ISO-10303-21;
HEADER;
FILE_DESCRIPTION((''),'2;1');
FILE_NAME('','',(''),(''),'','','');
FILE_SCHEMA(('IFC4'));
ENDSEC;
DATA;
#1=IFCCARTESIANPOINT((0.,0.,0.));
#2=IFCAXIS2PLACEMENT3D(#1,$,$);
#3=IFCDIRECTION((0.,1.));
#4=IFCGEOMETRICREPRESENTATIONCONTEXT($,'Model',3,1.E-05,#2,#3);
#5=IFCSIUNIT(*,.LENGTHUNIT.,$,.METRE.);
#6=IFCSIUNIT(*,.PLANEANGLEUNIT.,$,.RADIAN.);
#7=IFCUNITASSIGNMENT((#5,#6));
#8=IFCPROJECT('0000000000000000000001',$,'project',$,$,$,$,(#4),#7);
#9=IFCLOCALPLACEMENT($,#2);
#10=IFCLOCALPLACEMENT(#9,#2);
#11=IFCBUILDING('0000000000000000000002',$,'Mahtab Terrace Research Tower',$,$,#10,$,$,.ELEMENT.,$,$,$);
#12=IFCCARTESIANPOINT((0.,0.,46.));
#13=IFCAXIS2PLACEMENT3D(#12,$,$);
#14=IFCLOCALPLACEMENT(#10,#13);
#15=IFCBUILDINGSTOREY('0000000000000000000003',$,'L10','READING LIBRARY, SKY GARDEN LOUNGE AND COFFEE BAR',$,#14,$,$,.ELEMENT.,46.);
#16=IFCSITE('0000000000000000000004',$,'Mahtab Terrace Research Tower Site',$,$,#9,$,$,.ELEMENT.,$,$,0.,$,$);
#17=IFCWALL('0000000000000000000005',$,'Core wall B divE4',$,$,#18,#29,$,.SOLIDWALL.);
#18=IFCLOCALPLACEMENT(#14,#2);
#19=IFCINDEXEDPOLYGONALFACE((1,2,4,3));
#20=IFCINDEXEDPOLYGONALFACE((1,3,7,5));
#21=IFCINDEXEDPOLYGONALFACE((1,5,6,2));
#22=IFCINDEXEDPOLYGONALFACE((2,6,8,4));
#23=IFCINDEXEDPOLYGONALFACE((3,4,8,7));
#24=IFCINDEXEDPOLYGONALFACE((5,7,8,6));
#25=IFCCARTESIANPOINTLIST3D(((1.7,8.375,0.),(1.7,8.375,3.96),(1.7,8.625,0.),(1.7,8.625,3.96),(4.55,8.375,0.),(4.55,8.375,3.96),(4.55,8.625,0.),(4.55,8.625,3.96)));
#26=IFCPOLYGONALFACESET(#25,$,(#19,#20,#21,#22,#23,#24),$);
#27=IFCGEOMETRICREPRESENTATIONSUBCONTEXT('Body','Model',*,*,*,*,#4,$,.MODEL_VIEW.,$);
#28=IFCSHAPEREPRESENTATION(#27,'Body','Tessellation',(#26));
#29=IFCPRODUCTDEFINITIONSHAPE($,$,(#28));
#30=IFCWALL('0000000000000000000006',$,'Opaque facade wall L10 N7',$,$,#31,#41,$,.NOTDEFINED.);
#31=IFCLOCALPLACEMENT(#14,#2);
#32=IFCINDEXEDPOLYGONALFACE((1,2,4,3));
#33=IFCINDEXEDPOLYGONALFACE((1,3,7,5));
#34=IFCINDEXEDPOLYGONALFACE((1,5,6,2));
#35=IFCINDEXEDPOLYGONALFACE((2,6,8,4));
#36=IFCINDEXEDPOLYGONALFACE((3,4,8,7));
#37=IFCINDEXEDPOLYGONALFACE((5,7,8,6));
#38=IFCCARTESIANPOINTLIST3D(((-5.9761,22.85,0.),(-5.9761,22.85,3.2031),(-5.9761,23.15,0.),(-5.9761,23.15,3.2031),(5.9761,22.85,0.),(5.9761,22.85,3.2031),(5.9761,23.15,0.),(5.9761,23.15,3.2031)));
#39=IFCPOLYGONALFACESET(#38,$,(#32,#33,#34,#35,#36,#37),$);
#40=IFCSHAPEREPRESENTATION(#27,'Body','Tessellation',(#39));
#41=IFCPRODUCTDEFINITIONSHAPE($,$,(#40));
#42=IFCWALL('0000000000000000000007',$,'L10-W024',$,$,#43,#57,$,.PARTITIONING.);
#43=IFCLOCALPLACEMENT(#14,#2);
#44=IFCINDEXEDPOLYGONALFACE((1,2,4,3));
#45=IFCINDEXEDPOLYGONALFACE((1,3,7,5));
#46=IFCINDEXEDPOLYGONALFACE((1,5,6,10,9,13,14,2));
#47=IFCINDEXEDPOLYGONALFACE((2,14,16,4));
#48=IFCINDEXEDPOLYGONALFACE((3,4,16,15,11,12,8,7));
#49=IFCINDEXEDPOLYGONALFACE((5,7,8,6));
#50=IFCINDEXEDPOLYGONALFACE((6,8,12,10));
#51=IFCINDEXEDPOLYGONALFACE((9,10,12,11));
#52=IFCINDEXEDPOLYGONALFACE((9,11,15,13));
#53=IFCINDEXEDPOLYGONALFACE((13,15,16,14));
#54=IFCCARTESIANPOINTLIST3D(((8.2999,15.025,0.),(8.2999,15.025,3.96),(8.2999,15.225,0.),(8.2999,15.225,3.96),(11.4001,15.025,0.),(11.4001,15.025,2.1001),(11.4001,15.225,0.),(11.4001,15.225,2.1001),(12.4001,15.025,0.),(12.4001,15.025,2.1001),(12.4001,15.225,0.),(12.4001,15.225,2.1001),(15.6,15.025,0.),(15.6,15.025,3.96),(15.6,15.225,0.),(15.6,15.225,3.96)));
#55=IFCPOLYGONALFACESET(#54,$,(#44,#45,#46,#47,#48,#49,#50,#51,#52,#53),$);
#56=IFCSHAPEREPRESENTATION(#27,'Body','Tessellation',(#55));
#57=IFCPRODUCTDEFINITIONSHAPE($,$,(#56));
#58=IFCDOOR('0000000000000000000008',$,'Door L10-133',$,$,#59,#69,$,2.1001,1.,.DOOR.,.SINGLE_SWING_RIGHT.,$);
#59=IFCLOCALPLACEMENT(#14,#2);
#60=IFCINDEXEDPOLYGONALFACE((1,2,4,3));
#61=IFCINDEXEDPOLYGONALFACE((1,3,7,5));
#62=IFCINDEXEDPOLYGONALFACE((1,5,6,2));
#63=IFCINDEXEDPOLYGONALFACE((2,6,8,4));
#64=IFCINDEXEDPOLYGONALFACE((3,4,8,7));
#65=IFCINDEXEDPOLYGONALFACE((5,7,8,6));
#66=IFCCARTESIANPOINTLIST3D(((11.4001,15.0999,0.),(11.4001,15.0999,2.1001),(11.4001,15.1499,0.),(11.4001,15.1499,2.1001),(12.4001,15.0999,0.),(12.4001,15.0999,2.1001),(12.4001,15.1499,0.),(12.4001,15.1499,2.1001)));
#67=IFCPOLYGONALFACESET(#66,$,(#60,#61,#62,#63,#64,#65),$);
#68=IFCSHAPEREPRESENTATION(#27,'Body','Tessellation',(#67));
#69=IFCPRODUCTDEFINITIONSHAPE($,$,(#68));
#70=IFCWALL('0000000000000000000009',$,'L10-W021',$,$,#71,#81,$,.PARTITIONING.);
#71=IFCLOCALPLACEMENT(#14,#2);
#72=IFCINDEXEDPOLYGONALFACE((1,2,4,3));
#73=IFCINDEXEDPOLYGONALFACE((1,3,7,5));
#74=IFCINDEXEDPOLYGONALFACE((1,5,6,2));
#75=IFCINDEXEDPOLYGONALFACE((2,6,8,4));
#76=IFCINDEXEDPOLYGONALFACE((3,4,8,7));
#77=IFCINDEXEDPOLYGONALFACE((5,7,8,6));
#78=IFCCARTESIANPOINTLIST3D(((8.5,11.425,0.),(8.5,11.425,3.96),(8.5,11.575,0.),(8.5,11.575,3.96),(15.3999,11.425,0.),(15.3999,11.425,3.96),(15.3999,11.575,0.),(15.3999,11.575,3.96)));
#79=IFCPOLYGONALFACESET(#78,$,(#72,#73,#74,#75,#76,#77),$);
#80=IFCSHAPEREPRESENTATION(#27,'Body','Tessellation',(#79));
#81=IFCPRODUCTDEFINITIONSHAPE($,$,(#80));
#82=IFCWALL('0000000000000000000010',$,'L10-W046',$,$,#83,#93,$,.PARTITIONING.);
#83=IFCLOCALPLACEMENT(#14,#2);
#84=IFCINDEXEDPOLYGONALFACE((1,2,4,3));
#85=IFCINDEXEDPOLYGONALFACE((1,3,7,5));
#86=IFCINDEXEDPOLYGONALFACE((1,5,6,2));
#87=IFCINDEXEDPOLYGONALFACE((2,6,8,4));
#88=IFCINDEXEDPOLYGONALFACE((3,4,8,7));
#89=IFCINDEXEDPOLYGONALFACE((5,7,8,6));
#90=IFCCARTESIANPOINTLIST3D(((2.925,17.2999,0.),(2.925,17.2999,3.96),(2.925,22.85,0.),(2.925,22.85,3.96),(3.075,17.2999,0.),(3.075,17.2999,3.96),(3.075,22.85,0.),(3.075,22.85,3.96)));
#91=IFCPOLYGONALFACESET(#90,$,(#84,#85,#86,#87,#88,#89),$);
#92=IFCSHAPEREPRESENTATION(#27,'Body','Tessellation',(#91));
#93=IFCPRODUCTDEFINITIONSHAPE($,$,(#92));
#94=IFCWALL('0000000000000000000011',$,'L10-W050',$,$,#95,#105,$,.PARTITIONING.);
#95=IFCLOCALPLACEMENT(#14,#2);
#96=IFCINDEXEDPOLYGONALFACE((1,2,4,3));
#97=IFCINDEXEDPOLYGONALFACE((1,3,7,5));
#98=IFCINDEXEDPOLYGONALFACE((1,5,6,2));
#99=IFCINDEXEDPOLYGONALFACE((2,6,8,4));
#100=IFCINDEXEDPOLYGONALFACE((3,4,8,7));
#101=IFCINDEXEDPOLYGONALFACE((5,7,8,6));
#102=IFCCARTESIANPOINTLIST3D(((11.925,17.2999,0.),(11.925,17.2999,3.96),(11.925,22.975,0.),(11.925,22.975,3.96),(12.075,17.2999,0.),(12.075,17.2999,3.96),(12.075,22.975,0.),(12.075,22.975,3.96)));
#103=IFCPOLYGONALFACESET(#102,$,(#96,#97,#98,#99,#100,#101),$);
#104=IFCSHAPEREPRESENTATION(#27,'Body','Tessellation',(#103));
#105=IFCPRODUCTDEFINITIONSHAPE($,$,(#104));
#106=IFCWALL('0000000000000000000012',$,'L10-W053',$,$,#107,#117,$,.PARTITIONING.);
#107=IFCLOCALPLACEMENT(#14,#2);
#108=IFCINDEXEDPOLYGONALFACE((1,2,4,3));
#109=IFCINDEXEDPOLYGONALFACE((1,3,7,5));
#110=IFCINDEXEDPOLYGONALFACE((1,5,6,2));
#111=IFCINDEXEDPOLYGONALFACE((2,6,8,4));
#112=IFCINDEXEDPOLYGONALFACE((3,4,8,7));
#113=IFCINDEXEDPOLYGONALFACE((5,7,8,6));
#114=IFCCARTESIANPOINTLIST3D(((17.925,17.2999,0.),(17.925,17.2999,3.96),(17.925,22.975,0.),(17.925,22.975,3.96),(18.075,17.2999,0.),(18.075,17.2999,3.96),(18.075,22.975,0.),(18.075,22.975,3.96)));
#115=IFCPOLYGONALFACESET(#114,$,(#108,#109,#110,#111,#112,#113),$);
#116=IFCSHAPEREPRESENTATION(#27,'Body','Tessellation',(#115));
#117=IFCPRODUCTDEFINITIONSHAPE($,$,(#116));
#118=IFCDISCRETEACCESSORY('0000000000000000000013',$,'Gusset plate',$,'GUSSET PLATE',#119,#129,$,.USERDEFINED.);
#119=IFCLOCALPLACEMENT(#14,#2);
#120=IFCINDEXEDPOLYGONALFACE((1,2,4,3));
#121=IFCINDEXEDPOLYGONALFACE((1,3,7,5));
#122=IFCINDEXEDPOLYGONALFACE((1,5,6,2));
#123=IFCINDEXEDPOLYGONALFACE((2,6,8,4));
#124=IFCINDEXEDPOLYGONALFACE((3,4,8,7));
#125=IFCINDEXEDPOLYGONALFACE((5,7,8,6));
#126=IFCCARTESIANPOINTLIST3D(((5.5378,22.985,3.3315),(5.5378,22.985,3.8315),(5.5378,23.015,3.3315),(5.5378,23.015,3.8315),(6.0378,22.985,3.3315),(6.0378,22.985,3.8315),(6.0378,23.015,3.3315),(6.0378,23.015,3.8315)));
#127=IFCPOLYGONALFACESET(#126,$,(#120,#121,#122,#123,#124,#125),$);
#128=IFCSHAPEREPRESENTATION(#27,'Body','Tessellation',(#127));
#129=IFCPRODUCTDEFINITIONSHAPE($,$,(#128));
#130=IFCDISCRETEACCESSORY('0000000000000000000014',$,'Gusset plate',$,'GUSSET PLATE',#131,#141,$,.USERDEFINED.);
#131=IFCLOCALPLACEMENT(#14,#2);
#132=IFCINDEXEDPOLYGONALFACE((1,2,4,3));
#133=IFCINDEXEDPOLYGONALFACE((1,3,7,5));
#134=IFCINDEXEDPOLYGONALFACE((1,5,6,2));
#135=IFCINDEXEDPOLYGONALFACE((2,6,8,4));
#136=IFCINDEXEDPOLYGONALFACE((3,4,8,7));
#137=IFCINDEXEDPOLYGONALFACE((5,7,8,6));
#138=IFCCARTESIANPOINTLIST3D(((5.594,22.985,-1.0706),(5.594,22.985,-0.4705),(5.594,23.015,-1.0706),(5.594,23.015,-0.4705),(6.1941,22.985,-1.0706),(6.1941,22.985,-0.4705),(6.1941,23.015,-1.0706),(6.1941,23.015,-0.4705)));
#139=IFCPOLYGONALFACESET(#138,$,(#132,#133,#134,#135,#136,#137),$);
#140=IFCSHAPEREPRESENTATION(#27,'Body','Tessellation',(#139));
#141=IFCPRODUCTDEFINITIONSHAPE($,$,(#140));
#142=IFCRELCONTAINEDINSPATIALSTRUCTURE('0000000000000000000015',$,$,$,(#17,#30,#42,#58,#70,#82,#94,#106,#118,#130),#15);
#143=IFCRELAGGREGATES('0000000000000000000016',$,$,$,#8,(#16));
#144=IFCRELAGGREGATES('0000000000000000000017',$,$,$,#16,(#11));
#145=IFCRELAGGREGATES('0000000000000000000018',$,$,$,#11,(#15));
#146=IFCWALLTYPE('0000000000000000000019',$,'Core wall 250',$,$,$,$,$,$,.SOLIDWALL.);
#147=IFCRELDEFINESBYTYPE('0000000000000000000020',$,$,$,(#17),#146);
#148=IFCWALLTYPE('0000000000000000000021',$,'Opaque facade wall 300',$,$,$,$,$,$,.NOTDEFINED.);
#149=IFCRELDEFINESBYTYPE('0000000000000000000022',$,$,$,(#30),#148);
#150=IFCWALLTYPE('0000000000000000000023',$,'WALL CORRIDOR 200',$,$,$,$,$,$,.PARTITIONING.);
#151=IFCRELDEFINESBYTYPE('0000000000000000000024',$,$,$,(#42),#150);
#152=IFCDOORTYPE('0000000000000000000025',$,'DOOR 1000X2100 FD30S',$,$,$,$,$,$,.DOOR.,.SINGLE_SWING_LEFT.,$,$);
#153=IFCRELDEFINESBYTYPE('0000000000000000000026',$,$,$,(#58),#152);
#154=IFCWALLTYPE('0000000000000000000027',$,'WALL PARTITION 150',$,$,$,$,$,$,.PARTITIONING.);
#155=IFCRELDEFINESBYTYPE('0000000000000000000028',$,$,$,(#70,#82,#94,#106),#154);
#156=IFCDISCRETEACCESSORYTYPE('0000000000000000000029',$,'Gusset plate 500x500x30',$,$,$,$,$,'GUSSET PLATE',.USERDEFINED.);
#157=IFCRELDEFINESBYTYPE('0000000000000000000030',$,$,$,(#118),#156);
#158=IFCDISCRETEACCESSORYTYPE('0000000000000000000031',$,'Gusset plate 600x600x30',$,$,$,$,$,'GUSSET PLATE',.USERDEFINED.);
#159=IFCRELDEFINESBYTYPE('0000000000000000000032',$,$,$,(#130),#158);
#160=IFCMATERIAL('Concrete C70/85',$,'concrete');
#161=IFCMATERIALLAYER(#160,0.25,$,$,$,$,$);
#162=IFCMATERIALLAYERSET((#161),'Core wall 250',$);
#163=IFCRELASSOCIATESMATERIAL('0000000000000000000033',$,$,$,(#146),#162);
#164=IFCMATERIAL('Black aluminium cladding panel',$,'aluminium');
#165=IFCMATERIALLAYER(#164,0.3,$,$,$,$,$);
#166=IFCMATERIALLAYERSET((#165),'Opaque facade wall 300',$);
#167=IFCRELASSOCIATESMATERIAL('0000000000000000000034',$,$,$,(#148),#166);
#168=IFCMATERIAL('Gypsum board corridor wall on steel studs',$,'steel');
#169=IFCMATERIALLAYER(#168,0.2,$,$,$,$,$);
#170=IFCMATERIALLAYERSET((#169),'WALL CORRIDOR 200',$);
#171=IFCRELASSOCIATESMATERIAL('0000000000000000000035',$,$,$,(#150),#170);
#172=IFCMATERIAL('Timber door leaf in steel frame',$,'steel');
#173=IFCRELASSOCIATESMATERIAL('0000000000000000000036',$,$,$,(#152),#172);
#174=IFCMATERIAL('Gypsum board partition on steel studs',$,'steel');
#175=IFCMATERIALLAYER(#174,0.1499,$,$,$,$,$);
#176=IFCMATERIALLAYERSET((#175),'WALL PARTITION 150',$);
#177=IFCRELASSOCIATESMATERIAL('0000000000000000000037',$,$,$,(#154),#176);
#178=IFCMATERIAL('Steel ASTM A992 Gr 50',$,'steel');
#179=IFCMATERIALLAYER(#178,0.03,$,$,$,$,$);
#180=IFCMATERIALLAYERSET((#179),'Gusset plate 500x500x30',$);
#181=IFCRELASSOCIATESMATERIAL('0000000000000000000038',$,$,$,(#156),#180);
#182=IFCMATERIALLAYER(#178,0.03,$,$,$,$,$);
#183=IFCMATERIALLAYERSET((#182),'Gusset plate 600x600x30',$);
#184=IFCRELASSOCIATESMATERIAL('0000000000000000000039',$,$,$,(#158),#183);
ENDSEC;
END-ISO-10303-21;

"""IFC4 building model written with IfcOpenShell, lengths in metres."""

from ifc_helpers import new_model, si_unit, direction, frame, frame_2d, origin, origin_2d, place, context, subcontext, project, spatial, rectangle, extrude, material, layer, layer_set, type_object, element, fill, save


model = new_model("IFC4")

# Units and contexts
model_context = context("Model", 3, precision=1e-05, world=origin(), true_north=direction((0.0, 1.0)))
body_context = subcontext(model_context, "Body", "Model", "MODEL_VIEW")
ifc_project = project(units=[si_unit("LENGTHUNIT", "METRE"), si_unit("PLANEANGLEUNIT", "RADIAN")], contexts=[model_context])

# Site, building, storey
site_placement = place(None, origin())
site = spatial("IfcSite", under=ifc_project, at=site_placement, Name="Mahtab Terrace Research Tower Site", CompositionType="ELEMENT", RefElevation=0.0)
building_placement = place(site_placement, origin())
building = spatial("IfcBuilding", under=site, at=building_placement, Name="Mahtab Terrace Research Tower", CompositionType="ELEMENT")
storey_placement = place(building_placement, frame((0.0, 0.0, 46.0)))
storey = spatial("IfcBuildingStorey", under=building, at=storey_placement, Name="L10", Description="READING LIBRARY, SKY GARDEN LOUNGE AND COFFEE BAR", CompositionType="ELEMENT", Elevation=46.0)

# Shared definitions
ifc_material_1 = material(Name="Concrete C70/85", Category="concrete")
ifc_material_2 = material(Name="Steel ASTM A992 Gr 50", Category="steel")

# Shared definitions
ifc_layer_1 = layer(ifc_material_1, 0.25)
ifc_layer_set_1 = layer_set([ifc_layer_1], Name="Core wall 250")
wall_type_1 = type_object("IfcWallType", Name="Core wall 250", PredefinedType="SOLIDWALL", material=ifc_layer_set_1)

# Walls
wall_1_placement = place(storey_placement, frame((1.7, 8.5, 0.0), z_axis=(0.0, 0.0, 1.0), x_axis=(1.0, 0.0, 0.0)))
element("IfcWall", 1, at=wall_1_placement, inside=storey, type_object=wall_type_1, Name="Core wall B divE4", PredefinedType="SOLIDWALL", context=body_context, shape_type="SweptSolid", body=[
    extrude(rectangle(XDim=2.8501, YDim=0.25, at=frame_2d((1.425, 0.0))), origin(), (0.0, 0.0, 1.0), 3.96),
])
ifc_material_3 = material(Name="Black aluminium cladding panel", Category="aluminium")
ifc_layer_2 = layer(ifc_material_3, 0.3)
ifc_layer_set_2 = layer_set([ifc_layer_2], Name="Opaque facade wall 300")
wall_type_2 = type_object("IfcWallType", Name="Opaque facade wall 300", PredefinedType="NOTDEFINED", material=ifc_layer_set_2)
wall_2_placement = place(storey_placement, frame((5.9761, 23.0, 0.0), z_axis=(0.0, 0.0, 1.0), x_axis=(-1.0, 0.0, 0.0)))
element("IfcWall", 2, at=wall_2_placement, inside=storey, type_object=wall_type_2, Name="Opaque facade wall L10 N7", PredefinedType="NOTDEFINED", context=body_context, shape_type="SweptSolid", body=[
    extrude(rectangle(XDim=11.9521, YDim=0.3, at=frame_2d((5.9761, 0.0))), origin(), (0.0, 0.0, 1.0), 3.2031),
])

# Wall, opening, door
ifc_material_4 = material(Name="Gypsum board corridor wall on steel studs", Category="steel")
ifc_layer_3 = layer(ifc_material_4, 0.2)
ifc_layer_set_3 = layer_set([ifc_layer_3], Name="WALL CORRIDOR 200")
wall_type_3 = type_object("IfcWallType", Name="WALL CORRIDOR 200", PredefinedType="PARTITIONING", material=ifc_layer_set_3)
wall_3_placement = place(storey_placement, frame((8.3, 15.125, 0.0), z_axis=(0.0, 0.0, 1.0), x_axis=(1.0, 0.0, 0.0)))
wall_3 = element("IfcWall", 3, at=wall_3_placement, inside=storey, type_object=wall_type_3, Name="L10-W024", PredefinedType="PARTITIONING", context=body_context, shape_type="SweptSolid", body=[
    extrude(rectangle(XDim=7.3, YDim=0.2, at=frame_2d((3.6499, 0.0))), origin(), (0.0, 0.0, 1.0), 3.96),
])
opening_1_placement = place(wall_3_placement, frame((3.1001, 0.0, 0.0)))
opening_1 = element("IfcOpeningElement", 4, at=opening_1_placement, cuts=wall_3, PredefinedType="OPENING", context=body_context, shape_type="SweptSolid", body=[
    extrude(rectangle(XDim=1.0, YDim=2.1001, at=frame_2d((0.5, 1.05))), frame((0.0, 0.1099, 0.0), z_axis=(0.0, -1.0, 0.0), x_axis=(1.0, 0.0, 0.0)), (0.0, 0.0, 1.0), 0.22),
])
ifc_material_5 = material(Name="Timber door leaf in steel frame", Category="steel")
door_type_1 = type_object("IfcDoorType", Name="DOOR 1000X2100 FD30S", OperationType="SINGLE_SWING_LEFT", PredefinedType="DOOR", material=ifc_material_5)
door_1_placement = place(opening_1_placement, origin())
door_1 = element("IfcDoor", 5, at=door_1_placement, inside=storey, type_object=door_type_1, Name="Door L10-133", OperationType="SINGLE_SWING_RIGHT", OverallHeight=2.1001, OverallWidth=1.0, PredefinedType="DOOR", context=body_context, shape_type="SweptSolid", body=[
    extrude(rectangle(XDim=1.0, YDim=2.1001, at=frame_2d((0.5, 1.05))), frame((0.0, 0.0249, 0.0), z_axis=(0.0, -1.0, 0.0), x_axis=(1.0, 0.0, 0.0)), (0.0, 0.0, 1.0), 0.05),
])
fill(opening_1, door_1)

# Walls
ifc_material_6 = material(Name="Gypsum board partition on steel studs", Category="steel")
ifc_layer_4 = layer(ifc_material_6, 0.1499)
ifc_layer_set_4 = layer_set([ifc_layer_4], Name="WALL PARTITION 150")
wall_type_4 = type_object("IfcWallType", Name="WALL PARTITION 150", PredefinedType="PARTITIONING", material=ifc_layer_set_4)
wall_4_placement = place(storey_placement, frame((8.5, 11.5, 0.0), z_axis=(0.0, 0.0, 1.0), x_axis=(1.0, 0.0, 0.0)))
element("IfcWall", 6, at=wall_4_placement, inside=storey, type_object=wall_type_4, Name="L10-W021", PredefinedType="PARTITIONING", context=body_context, shape_type="SweptSolid", body=[
    extrude(rectangle(XDim=6.8999, YDim=0.1499, at=frame_2d((3.45, 0.0))), origin(), (0.0, 0.0, 1.0), 3.96),
])
wall_5_placement = place(storey_placement, frame((3.0, 17.3, 0.0), z_axis=(0.0, 0.0, 1.0), x_axis=(0.0, 1.0, 0.0)))
element("IfcWall", 7, at=wall_5_placement, inside=storey, type_object=wall_type_4, Name="L10-W046", PredefinedType="PARTITIONING", context=body_context, shape_type="SweptSolid", body=[
    extrude(rectangle(XDim=5.55, YDim=0.1499, at=frame_2d((2.7749, 0.0))), origin(), (0.0, 0.0, 1.0), 3.96),
])
for number, where, z_axis, x_axis, name in (
    (8, (12.0, 17.3, 0.0), (0.0, 0.0, 1.0), (0.0, 1.0, 0.0), "L10-W050"),
    (9, (18.0, 17.3, 0.0), (0.0, 0.0, 1.0), (0.0, 1.0, 0.0), "L10-W053"),
):
    element("IfcWall", number, at=place(storey_placement, frame(where, z_axis=z_axis, x_axis=x_axis)), inside=storey, type_object=wall_type_4, Name=name, PredefinedType="PARTITIONING", context=body_context, shape_type="SweptSolid", body=[
        extrude(rectangle(XDim=5.675, YDim=0.1499, at=frame_2d((2.8374, 0.0))), origin(), (0.0, 0.0, 1.0), 3.96),
    ])

# Discrete accessories
ifc_layer_5 = layer(ifc_material_2, 0.03)
ifc_layer_set_5 = layer_set([ifc_layer_5], Name="Gusset plate 500x500x30")
discrete_accessory_type_1 = type_object("IfcDiscreteAccessoryType", Name="Gusset plate 500x500x30", ElementType="GUSSET PLATE", PredefinedType="USERDEFINED", material=ifc_layer_set_5)
discrete_accessory_1_placement = place(storey_placement, frame((5.7878, 23.0, 3.3315), z_axis=(0.0, 0.0, 1.0), x_axis=(1.0, 0.0, 0.0)))
element("IfcDiscreteAccessory", 10, at=discrete_accessory_1_placement, inside=storey, type_object=discrete_accessory_type_1, Name="Gusset plate", ObjectType="GUSSET PLATE", PredefinedType="USERDEFINED", context=body_context, shape_type="SweptSolid", body=[
    extrude(rectangle(XDim=0.5, YDim=0.03, at=origin_2d()), origin(), (0.0, 0.0, 1.0), 0.5),
])
ifc_layer_6 = layer(ifc_material_2, 0.03)
ifc_layer_set_6 = layer_set([ifc_layer_6], Name="Gusset plate 600x600x30")
discrete_accessory_type_2 = type_object("IfcDiscreteAccessoryType", Name="Gusset plate 600x600x30", ElementType="GUSSET PLATE", PredefinedType="USERDEFINED", material=ifc_layer_set_6)
discrete_accessory_2_placement = place(storey_placement, frame((5.894, 23.0, -1.0706), z_axis=(0.0, 0.0, 1.0), x_axis=(1.0, 0.0, 0.0)))
element("IfcDiscreteAccessory", 11, at=discrete_accessory_2_placement, inside=storey, type_object=discrete_accessory_type_2, Name="Gusset plate", ObjectType="GUSSET PLATE", PredefinedType="USERDEFINED", context=body_context, shape_type="SweptSolid", body=[
    extrude(rectangle(XDim=0.6001, YDim=0.03, at=origin_2d()), origin(), (0.0, 0.0, 1.0), 0.6001),
])

save(model, "model.ifc")
